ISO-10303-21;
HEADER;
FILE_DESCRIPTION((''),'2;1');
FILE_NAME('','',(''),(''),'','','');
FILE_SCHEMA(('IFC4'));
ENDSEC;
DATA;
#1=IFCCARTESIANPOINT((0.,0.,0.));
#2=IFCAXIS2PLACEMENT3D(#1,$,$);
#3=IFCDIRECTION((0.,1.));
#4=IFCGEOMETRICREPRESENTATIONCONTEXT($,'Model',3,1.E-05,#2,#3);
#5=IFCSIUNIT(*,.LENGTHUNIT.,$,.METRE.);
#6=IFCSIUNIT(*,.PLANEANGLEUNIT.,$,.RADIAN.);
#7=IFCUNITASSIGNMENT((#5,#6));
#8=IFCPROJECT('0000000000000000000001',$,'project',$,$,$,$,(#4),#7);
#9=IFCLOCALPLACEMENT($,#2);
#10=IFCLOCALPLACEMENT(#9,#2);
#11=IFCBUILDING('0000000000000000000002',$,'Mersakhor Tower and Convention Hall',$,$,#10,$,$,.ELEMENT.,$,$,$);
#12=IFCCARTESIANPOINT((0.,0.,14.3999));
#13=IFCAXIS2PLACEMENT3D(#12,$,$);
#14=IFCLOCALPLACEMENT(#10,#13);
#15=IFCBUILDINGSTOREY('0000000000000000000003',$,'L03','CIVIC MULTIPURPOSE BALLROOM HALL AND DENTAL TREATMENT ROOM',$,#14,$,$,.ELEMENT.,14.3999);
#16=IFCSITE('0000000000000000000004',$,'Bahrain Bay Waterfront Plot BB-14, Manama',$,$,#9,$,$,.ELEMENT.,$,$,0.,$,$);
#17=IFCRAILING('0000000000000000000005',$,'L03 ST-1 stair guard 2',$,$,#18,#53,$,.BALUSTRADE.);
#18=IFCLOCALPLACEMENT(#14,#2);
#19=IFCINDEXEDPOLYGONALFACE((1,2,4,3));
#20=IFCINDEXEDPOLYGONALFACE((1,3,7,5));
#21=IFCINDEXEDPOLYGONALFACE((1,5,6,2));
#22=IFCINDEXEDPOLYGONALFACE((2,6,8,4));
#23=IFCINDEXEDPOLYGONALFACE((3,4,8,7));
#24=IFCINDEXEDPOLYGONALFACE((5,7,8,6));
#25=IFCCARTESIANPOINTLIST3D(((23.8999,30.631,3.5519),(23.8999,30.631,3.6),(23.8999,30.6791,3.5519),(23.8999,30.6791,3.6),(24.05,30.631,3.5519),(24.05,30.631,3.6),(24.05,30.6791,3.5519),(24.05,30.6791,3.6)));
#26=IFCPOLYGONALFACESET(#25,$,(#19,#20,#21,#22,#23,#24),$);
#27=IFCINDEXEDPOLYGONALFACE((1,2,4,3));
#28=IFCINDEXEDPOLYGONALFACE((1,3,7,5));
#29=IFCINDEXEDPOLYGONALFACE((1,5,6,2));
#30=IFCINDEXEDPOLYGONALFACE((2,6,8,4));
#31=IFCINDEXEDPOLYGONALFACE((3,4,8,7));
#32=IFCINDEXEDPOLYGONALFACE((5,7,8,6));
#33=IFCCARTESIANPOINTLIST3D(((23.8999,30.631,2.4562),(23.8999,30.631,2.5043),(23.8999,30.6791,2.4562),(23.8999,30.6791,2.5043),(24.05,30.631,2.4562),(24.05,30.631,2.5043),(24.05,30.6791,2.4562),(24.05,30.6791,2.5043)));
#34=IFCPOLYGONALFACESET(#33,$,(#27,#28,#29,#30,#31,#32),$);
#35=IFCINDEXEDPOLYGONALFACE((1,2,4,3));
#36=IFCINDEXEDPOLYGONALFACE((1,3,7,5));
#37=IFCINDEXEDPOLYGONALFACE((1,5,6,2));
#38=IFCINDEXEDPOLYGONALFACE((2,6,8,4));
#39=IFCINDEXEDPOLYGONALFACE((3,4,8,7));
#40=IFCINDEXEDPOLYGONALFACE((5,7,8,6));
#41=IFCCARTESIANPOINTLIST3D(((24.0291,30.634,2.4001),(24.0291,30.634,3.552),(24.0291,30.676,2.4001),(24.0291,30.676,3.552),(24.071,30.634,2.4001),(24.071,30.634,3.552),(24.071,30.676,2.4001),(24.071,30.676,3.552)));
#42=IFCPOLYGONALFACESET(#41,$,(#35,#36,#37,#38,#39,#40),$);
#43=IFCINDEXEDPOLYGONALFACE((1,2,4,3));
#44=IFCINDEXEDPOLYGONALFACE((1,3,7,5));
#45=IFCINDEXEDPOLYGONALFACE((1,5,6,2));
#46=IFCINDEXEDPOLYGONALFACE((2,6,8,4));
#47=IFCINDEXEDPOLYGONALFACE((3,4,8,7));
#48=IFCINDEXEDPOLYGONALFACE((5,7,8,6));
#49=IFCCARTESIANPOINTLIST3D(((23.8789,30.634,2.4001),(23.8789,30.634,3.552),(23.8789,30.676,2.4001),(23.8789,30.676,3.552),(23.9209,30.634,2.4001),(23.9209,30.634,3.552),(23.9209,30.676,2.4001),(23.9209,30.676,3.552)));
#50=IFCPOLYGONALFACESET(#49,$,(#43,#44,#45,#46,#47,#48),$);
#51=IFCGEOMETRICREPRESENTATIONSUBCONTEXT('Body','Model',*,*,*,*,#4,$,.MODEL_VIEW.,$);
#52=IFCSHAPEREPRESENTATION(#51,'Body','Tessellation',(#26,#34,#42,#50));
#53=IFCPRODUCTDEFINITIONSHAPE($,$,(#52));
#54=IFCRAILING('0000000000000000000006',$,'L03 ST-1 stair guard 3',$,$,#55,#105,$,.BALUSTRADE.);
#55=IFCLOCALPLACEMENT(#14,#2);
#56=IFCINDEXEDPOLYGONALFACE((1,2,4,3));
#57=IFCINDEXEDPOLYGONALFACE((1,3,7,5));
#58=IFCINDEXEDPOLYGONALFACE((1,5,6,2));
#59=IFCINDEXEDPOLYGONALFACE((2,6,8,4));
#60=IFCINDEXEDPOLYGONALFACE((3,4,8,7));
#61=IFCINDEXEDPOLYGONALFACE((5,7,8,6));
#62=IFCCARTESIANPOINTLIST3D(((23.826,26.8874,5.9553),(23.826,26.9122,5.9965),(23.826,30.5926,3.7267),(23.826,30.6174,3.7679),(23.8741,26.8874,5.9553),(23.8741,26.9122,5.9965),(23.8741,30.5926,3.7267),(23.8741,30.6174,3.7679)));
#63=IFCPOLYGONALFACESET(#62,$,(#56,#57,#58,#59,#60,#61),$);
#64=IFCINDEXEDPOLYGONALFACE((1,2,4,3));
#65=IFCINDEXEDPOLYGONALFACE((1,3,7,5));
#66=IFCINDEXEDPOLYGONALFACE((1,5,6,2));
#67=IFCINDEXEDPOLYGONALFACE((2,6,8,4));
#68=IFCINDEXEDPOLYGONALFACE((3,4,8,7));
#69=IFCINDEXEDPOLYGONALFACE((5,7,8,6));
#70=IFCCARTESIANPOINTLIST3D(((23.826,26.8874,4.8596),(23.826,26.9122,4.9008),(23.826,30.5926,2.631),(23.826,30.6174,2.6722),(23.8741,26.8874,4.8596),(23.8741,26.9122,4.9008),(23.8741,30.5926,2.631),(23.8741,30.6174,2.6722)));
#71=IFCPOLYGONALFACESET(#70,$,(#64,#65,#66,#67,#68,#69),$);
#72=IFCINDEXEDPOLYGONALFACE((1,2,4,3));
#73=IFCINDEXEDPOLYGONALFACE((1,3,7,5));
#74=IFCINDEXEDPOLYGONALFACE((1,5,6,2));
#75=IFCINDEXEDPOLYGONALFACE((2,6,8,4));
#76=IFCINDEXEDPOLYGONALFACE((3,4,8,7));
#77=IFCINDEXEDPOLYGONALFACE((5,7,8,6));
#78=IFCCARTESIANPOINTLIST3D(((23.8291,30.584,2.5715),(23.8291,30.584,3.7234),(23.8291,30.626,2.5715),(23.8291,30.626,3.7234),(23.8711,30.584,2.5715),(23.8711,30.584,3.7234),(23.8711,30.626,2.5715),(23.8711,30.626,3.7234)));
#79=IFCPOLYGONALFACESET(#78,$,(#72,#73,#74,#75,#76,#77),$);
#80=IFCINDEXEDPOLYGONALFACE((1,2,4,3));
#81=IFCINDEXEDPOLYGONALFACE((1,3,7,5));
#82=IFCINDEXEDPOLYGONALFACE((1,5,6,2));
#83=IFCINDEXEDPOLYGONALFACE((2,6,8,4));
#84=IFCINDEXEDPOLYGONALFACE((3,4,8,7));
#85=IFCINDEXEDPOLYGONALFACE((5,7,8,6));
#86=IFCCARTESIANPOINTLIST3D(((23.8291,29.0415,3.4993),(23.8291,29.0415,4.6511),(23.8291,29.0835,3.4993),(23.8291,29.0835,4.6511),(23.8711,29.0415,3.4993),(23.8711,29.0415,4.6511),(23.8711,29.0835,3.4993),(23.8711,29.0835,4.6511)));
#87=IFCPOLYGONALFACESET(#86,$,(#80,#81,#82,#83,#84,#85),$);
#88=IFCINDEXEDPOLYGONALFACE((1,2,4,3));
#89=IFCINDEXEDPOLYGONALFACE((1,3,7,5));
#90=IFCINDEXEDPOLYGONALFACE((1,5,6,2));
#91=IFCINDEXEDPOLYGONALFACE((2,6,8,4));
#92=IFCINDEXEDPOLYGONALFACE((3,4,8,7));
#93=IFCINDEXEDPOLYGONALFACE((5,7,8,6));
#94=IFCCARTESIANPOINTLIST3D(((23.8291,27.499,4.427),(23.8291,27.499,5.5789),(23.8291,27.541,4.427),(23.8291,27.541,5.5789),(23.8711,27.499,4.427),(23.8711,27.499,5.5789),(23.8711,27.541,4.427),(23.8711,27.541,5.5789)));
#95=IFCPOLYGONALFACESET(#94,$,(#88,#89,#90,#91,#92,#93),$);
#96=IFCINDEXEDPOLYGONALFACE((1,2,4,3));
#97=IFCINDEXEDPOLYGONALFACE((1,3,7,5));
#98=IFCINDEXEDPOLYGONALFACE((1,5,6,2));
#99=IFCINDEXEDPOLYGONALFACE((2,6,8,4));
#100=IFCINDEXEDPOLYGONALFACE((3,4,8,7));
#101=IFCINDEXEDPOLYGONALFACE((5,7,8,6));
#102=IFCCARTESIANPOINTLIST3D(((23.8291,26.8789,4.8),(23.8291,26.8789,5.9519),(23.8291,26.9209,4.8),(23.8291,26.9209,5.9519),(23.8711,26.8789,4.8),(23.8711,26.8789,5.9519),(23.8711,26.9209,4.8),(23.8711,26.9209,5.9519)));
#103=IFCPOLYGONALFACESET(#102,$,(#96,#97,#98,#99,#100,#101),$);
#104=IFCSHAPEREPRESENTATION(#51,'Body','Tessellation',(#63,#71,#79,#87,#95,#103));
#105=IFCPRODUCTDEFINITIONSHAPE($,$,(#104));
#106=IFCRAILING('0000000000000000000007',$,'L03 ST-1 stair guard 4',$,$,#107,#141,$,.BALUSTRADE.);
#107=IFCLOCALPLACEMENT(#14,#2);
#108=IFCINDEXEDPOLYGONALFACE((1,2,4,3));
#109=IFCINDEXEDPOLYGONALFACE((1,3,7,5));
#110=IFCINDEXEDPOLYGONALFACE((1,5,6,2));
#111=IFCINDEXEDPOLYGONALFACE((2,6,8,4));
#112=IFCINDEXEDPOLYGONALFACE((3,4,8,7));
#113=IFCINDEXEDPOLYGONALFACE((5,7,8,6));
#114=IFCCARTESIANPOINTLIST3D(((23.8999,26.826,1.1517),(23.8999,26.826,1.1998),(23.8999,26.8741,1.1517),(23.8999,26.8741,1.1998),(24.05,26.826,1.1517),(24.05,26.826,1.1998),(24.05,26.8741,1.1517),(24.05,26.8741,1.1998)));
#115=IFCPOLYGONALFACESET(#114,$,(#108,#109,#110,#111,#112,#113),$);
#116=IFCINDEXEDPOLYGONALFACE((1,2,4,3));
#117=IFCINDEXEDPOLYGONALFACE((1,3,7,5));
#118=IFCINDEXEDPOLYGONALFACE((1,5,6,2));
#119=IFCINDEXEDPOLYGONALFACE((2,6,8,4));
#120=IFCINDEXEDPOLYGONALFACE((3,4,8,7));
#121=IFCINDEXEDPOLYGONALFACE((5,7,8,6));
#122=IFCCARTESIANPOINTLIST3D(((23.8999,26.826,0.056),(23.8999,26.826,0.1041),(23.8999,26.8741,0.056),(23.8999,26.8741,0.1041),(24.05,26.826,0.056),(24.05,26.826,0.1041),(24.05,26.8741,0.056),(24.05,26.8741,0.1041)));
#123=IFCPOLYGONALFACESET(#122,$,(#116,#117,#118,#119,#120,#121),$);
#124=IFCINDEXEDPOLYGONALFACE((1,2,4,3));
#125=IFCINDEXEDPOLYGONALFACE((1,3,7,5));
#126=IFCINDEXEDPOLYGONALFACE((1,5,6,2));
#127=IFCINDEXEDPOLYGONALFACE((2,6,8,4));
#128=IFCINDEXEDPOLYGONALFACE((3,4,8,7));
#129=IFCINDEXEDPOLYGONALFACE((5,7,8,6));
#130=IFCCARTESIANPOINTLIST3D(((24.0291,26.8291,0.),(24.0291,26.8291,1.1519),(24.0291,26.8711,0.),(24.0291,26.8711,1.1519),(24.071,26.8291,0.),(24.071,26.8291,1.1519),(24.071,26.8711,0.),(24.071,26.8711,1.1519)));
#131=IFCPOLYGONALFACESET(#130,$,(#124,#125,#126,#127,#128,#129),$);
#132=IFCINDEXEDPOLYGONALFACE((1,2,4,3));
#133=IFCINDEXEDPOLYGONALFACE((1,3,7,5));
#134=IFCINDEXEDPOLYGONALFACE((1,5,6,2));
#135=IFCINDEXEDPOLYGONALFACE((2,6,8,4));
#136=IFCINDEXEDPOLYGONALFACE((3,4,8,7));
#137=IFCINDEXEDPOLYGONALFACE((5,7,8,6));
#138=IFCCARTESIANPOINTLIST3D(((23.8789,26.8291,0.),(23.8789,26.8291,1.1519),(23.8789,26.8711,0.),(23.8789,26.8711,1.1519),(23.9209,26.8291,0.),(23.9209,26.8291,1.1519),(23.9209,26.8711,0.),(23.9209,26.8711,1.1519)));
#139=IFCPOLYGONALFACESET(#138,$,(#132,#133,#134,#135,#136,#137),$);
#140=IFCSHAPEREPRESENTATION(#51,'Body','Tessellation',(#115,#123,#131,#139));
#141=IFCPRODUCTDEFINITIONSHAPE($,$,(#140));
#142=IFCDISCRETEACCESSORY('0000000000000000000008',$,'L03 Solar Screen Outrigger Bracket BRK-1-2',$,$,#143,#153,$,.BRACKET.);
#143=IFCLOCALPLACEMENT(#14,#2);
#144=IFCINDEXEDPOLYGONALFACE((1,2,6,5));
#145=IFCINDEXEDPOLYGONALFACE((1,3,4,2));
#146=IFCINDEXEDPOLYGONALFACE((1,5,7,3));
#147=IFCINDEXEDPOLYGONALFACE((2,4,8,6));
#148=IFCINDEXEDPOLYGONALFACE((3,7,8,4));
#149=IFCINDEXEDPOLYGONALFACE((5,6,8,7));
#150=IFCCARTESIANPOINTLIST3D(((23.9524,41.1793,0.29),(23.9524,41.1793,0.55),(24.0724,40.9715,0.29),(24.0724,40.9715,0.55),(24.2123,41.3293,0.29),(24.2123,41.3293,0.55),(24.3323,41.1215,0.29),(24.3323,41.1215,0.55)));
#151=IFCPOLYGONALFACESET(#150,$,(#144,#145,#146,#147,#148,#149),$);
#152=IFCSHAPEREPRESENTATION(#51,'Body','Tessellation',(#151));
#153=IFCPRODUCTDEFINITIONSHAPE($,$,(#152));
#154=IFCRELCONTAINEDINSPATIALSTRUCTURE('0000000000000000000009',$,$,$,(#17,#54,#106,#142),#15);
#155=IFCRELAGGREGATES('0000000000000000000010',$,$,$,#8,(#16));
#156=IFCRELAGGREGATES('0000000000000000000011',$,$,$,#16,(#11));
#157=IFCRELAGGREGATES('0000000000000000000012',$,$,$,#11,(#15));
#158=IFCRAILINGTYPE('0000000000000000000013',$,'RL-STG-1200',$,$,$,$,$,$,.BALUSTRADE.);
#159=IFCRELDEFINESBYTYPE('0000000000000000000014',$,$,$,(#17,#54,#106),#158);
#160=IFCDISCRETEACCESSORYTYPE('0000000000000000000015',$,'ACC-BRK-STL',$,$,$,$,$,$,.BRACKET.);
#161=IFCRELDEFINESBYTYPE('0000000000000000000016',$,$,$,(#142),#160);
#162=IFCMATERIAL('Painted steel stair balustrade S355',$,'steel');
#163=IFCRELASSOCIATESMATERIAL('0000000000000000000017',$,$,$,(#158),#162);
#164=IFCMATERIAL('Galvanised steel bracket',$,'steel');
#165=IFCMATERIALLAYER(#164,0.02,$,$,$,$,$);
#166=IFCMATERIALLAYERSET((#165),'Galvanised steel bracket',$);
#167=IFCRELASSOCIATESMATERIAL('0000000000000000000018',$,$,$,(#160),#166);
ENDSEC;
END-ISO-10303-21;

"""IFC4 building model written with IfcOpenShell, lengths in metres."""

from ifc_helpers import new_model, si_unit, direction, frame, origin, origin_2d, place, context, subcontext, project, spatial, rectangle, extrude, material, layer, layer_set, type_object, element, save


model = new_model("IFC4")

# Units and contexts
model_context = context("Model", 3, precision=1e-05, world=origin(), true_north=direction((0.0, 1.0)))
body_context = subcontext(model_context, "Body", "Model", "MODEL_VIEW")
ifc_project = project(units=[si_unit("LENGTHUNIT", "METRE"), si_unit("PLANEANGLEUNIT", "RADIAN")], contexts=[model_context])

# Site, building, storey
site_placement = place(None, origin())
site = spatial("IfcSite", under=ifc_project, at=site_placement, Name="Bahrain Bay Waterfront Plot BB-14, Manama", CompositionType="ELEMENT", RefElevation=0.0)
building_placement = place(site_placement, origin())
building = spatial("IfcBuilding", under=site, at=building_placement, Name="Mersakhor Tower and Convention Hall", CompositionType="ELEMENT")
storey_placement = place(building_placement, frame((0.0, 0.0, 14.3999)))
storey = spatial("IfcBuildingStorey", under=building, at=storey_placement, Name="L03", Description="CIVIC MULTIPURPOSE BALLROOM HALL AND DENTAL TREATMENT ROOM", CompositionType="ELEMENT", Elevation=14.3999)

# Railings
ifc_material_1 = material(Name="Painted steel stair balustrade S355", Category="steel")
railing_type_1 = type_object("IfcRailingType", Name="RL-STG-1200", PredefinedType="BALUSTRADE", material=ifc_material_1)
railing_1_placement = place(storey_placement, frame((24.05, 30.655, 2.4001)))
element("IfcRailing", 1, at=railing_1_placement, inside=storey, type_object=railing_type_1, Name="L03 ST-1 stair guard 2", PredefinedType="BALUSTRADE", context=body_context, shape_type="SweptSolid", body=[
    extrude(rectangle(XDim=0.0481, YDim=0.0481, at=origin_2d()), frame((0.0, 0.0, 1.1758), z_axis=(-1.0, 0.0, 0.0), x_axis=(0.0, -1.0, 0.0)), (0.0, 0.0, 1.0), 0.1501),
    extrude(rectangle(XDim=0.0481, YDim=0.0481, at=origin_2d()), frame((0.0, 0.0, 0.0801), z_axis=(-1.0, 0.0, 0.0), x_axis=(0.0, -1.0, 0.0)), (0.0, 0.0, 1.0), 0.1501),
    extrude(rectangle(XDim=0.042, YDim=0.042, at=origin_2d()), origin(), (0.0, 0.0, 1.0), 1.1519),
    extrude(rectangle(XDim=0.042, YDim=0.042, at=origin_2d()), frame((-0.1501, 0.0, 0.0)), (0.0, 0.0, 1.0), 1.1519),
])
railing_2_placement = place(storey_placement, frame((23.8501, 30.605, 2.5715)))
element("IfcRailing", 2, at=railing_2_placement, inside=storey, type_object=railing_type_1, Name="L03 ST-1 stair guard 3", PredefinedType="BALUSTRADE", context=body_context, shape_type="SweptSolid", body=[
    extrude(rectangle(XDim=0.0481, YDim=0.0481, at=origin_2d()), frame((0.0, 0.0, 1.1758), z_axis=(0.0, -0.856934, 0.515425), x_axis=(1.0, 0.0, 0.0)), (0.0, 0.0, 1.0), 4.3237),
    extrude(rectangle(XDim=0.0481, YDim=0.0481, at=origin_2d()), frame((0.0, 0.0, 0.0801), z_axis=(0.0, -0.856934, 0.515425), x_axis=(1.0, 0.0, 0.0)), (0.0, 0.0, 1.0), 4.3237),
    extrude(rectangle(XDim=0.042, YDim=0.042, at=origin_2d()), origin(), (0.0, 0.0, 1.0), 1.1519),
    extrude(rectangle(XDim=0.042, YDim=0.042, at=origin_2d()), frame((0.0, -1.5425, 0.9277)), (0.0, 0.0, 1.0), 1.1519),
    extrude(rectangle(XDim=0.042, YDim=0.042, at=origin_2d()), frame((0.0, -3.085, 1.8555)), (0.0, 0.0, 1.0), 1.1519),
    extrude(rectangle(XDim=0.042, YDim=0.042, at=origin_2d()), frame((0.0, -3.7051, 2.2285)), (0.0, 0.0, 1.0), 1.1519),
])
railing_3_placement = place(storey_placement, frame((24.05, 26.8501, 0.0)))
element("IfcRailing", 3, at=railing_3_placement, inside=storey, type_object=railing_type_1, Name="L03 ST-1 stair guard 4", PredefinedType="BALUSTRADE", context=body_context, shape_type="SweptSolid", body=[
    extrude(rectangle(XDim=0.0481, YDim=0.0481, at=origin_2d()), frame((0.0, 0.0, 1.1758), z_axis=(-1.0, 0.0, 0.0), x_axis=(0.0, -1.0, 0.0)), (0.0, 0.0, 1.0), 0.1501),
    extrude(rectangle(XDim=0.0481, YDim=0.0481, at=origin_2d()), frame((0.0, 0.0, 0.0801), z_axis=(-1.0, 0.0, 0.0), x_axis=(0.0, -1.0, 0.0)), (0.0, 0.0, 1.0), 0.1501),
    extrude(rectangle(XDim=0.042, YDim=0.042, at=origin_2d()), origin(), (0.0, 0.0, 1.0), 1.1519),
    extrude(rectangle(XDim=0.042, YDim=0.042, at=origin_2d()), frame((-0.1501, 0.0, 0.0)), (0.0, 0.0, 1.0), 1.1519),
])

# Discrete accessory
ifc_material_2 = material(Name="Galvanised steel bracket", Category="steel")
ifc_layer_1 = layer(ifc_material_2, 0.02)
ifc_layer_set_1 = layer_set([ifc_layer_1], Name="Galvanised steel bracket")
discrete_accessory_type = type_object("IfcDiscreteAccessoryType", Name="ACC-BRK-STL", PredefinedType="BRACKET", material=ifc_layer_set_1)
discrete_accessory_placement = place(storey_placement, frame((24.1423, 41.1504, 0.29), z_axis=(0.0, 0.0, 1.0), x_axis=(0.866025, 0.5, 0.0)))
element("IfcDiscreteAccessory", 4, at=discrete_accessory_placement, inside=storey, type_object=discrete_accessory_type, Name="L03 Solar Screen Outrigger Bracket BRK-1-2", PredefinedType="BRACKET", context=body_context, shape_type="SweptSolid", body=[
    extrude(rectangle(XDim=0.3, YDim=0.24, at=origin_2d()), origin(), (0.0, 0.0, 1.0), 0.26),
])

save(model, "model.ifc")
